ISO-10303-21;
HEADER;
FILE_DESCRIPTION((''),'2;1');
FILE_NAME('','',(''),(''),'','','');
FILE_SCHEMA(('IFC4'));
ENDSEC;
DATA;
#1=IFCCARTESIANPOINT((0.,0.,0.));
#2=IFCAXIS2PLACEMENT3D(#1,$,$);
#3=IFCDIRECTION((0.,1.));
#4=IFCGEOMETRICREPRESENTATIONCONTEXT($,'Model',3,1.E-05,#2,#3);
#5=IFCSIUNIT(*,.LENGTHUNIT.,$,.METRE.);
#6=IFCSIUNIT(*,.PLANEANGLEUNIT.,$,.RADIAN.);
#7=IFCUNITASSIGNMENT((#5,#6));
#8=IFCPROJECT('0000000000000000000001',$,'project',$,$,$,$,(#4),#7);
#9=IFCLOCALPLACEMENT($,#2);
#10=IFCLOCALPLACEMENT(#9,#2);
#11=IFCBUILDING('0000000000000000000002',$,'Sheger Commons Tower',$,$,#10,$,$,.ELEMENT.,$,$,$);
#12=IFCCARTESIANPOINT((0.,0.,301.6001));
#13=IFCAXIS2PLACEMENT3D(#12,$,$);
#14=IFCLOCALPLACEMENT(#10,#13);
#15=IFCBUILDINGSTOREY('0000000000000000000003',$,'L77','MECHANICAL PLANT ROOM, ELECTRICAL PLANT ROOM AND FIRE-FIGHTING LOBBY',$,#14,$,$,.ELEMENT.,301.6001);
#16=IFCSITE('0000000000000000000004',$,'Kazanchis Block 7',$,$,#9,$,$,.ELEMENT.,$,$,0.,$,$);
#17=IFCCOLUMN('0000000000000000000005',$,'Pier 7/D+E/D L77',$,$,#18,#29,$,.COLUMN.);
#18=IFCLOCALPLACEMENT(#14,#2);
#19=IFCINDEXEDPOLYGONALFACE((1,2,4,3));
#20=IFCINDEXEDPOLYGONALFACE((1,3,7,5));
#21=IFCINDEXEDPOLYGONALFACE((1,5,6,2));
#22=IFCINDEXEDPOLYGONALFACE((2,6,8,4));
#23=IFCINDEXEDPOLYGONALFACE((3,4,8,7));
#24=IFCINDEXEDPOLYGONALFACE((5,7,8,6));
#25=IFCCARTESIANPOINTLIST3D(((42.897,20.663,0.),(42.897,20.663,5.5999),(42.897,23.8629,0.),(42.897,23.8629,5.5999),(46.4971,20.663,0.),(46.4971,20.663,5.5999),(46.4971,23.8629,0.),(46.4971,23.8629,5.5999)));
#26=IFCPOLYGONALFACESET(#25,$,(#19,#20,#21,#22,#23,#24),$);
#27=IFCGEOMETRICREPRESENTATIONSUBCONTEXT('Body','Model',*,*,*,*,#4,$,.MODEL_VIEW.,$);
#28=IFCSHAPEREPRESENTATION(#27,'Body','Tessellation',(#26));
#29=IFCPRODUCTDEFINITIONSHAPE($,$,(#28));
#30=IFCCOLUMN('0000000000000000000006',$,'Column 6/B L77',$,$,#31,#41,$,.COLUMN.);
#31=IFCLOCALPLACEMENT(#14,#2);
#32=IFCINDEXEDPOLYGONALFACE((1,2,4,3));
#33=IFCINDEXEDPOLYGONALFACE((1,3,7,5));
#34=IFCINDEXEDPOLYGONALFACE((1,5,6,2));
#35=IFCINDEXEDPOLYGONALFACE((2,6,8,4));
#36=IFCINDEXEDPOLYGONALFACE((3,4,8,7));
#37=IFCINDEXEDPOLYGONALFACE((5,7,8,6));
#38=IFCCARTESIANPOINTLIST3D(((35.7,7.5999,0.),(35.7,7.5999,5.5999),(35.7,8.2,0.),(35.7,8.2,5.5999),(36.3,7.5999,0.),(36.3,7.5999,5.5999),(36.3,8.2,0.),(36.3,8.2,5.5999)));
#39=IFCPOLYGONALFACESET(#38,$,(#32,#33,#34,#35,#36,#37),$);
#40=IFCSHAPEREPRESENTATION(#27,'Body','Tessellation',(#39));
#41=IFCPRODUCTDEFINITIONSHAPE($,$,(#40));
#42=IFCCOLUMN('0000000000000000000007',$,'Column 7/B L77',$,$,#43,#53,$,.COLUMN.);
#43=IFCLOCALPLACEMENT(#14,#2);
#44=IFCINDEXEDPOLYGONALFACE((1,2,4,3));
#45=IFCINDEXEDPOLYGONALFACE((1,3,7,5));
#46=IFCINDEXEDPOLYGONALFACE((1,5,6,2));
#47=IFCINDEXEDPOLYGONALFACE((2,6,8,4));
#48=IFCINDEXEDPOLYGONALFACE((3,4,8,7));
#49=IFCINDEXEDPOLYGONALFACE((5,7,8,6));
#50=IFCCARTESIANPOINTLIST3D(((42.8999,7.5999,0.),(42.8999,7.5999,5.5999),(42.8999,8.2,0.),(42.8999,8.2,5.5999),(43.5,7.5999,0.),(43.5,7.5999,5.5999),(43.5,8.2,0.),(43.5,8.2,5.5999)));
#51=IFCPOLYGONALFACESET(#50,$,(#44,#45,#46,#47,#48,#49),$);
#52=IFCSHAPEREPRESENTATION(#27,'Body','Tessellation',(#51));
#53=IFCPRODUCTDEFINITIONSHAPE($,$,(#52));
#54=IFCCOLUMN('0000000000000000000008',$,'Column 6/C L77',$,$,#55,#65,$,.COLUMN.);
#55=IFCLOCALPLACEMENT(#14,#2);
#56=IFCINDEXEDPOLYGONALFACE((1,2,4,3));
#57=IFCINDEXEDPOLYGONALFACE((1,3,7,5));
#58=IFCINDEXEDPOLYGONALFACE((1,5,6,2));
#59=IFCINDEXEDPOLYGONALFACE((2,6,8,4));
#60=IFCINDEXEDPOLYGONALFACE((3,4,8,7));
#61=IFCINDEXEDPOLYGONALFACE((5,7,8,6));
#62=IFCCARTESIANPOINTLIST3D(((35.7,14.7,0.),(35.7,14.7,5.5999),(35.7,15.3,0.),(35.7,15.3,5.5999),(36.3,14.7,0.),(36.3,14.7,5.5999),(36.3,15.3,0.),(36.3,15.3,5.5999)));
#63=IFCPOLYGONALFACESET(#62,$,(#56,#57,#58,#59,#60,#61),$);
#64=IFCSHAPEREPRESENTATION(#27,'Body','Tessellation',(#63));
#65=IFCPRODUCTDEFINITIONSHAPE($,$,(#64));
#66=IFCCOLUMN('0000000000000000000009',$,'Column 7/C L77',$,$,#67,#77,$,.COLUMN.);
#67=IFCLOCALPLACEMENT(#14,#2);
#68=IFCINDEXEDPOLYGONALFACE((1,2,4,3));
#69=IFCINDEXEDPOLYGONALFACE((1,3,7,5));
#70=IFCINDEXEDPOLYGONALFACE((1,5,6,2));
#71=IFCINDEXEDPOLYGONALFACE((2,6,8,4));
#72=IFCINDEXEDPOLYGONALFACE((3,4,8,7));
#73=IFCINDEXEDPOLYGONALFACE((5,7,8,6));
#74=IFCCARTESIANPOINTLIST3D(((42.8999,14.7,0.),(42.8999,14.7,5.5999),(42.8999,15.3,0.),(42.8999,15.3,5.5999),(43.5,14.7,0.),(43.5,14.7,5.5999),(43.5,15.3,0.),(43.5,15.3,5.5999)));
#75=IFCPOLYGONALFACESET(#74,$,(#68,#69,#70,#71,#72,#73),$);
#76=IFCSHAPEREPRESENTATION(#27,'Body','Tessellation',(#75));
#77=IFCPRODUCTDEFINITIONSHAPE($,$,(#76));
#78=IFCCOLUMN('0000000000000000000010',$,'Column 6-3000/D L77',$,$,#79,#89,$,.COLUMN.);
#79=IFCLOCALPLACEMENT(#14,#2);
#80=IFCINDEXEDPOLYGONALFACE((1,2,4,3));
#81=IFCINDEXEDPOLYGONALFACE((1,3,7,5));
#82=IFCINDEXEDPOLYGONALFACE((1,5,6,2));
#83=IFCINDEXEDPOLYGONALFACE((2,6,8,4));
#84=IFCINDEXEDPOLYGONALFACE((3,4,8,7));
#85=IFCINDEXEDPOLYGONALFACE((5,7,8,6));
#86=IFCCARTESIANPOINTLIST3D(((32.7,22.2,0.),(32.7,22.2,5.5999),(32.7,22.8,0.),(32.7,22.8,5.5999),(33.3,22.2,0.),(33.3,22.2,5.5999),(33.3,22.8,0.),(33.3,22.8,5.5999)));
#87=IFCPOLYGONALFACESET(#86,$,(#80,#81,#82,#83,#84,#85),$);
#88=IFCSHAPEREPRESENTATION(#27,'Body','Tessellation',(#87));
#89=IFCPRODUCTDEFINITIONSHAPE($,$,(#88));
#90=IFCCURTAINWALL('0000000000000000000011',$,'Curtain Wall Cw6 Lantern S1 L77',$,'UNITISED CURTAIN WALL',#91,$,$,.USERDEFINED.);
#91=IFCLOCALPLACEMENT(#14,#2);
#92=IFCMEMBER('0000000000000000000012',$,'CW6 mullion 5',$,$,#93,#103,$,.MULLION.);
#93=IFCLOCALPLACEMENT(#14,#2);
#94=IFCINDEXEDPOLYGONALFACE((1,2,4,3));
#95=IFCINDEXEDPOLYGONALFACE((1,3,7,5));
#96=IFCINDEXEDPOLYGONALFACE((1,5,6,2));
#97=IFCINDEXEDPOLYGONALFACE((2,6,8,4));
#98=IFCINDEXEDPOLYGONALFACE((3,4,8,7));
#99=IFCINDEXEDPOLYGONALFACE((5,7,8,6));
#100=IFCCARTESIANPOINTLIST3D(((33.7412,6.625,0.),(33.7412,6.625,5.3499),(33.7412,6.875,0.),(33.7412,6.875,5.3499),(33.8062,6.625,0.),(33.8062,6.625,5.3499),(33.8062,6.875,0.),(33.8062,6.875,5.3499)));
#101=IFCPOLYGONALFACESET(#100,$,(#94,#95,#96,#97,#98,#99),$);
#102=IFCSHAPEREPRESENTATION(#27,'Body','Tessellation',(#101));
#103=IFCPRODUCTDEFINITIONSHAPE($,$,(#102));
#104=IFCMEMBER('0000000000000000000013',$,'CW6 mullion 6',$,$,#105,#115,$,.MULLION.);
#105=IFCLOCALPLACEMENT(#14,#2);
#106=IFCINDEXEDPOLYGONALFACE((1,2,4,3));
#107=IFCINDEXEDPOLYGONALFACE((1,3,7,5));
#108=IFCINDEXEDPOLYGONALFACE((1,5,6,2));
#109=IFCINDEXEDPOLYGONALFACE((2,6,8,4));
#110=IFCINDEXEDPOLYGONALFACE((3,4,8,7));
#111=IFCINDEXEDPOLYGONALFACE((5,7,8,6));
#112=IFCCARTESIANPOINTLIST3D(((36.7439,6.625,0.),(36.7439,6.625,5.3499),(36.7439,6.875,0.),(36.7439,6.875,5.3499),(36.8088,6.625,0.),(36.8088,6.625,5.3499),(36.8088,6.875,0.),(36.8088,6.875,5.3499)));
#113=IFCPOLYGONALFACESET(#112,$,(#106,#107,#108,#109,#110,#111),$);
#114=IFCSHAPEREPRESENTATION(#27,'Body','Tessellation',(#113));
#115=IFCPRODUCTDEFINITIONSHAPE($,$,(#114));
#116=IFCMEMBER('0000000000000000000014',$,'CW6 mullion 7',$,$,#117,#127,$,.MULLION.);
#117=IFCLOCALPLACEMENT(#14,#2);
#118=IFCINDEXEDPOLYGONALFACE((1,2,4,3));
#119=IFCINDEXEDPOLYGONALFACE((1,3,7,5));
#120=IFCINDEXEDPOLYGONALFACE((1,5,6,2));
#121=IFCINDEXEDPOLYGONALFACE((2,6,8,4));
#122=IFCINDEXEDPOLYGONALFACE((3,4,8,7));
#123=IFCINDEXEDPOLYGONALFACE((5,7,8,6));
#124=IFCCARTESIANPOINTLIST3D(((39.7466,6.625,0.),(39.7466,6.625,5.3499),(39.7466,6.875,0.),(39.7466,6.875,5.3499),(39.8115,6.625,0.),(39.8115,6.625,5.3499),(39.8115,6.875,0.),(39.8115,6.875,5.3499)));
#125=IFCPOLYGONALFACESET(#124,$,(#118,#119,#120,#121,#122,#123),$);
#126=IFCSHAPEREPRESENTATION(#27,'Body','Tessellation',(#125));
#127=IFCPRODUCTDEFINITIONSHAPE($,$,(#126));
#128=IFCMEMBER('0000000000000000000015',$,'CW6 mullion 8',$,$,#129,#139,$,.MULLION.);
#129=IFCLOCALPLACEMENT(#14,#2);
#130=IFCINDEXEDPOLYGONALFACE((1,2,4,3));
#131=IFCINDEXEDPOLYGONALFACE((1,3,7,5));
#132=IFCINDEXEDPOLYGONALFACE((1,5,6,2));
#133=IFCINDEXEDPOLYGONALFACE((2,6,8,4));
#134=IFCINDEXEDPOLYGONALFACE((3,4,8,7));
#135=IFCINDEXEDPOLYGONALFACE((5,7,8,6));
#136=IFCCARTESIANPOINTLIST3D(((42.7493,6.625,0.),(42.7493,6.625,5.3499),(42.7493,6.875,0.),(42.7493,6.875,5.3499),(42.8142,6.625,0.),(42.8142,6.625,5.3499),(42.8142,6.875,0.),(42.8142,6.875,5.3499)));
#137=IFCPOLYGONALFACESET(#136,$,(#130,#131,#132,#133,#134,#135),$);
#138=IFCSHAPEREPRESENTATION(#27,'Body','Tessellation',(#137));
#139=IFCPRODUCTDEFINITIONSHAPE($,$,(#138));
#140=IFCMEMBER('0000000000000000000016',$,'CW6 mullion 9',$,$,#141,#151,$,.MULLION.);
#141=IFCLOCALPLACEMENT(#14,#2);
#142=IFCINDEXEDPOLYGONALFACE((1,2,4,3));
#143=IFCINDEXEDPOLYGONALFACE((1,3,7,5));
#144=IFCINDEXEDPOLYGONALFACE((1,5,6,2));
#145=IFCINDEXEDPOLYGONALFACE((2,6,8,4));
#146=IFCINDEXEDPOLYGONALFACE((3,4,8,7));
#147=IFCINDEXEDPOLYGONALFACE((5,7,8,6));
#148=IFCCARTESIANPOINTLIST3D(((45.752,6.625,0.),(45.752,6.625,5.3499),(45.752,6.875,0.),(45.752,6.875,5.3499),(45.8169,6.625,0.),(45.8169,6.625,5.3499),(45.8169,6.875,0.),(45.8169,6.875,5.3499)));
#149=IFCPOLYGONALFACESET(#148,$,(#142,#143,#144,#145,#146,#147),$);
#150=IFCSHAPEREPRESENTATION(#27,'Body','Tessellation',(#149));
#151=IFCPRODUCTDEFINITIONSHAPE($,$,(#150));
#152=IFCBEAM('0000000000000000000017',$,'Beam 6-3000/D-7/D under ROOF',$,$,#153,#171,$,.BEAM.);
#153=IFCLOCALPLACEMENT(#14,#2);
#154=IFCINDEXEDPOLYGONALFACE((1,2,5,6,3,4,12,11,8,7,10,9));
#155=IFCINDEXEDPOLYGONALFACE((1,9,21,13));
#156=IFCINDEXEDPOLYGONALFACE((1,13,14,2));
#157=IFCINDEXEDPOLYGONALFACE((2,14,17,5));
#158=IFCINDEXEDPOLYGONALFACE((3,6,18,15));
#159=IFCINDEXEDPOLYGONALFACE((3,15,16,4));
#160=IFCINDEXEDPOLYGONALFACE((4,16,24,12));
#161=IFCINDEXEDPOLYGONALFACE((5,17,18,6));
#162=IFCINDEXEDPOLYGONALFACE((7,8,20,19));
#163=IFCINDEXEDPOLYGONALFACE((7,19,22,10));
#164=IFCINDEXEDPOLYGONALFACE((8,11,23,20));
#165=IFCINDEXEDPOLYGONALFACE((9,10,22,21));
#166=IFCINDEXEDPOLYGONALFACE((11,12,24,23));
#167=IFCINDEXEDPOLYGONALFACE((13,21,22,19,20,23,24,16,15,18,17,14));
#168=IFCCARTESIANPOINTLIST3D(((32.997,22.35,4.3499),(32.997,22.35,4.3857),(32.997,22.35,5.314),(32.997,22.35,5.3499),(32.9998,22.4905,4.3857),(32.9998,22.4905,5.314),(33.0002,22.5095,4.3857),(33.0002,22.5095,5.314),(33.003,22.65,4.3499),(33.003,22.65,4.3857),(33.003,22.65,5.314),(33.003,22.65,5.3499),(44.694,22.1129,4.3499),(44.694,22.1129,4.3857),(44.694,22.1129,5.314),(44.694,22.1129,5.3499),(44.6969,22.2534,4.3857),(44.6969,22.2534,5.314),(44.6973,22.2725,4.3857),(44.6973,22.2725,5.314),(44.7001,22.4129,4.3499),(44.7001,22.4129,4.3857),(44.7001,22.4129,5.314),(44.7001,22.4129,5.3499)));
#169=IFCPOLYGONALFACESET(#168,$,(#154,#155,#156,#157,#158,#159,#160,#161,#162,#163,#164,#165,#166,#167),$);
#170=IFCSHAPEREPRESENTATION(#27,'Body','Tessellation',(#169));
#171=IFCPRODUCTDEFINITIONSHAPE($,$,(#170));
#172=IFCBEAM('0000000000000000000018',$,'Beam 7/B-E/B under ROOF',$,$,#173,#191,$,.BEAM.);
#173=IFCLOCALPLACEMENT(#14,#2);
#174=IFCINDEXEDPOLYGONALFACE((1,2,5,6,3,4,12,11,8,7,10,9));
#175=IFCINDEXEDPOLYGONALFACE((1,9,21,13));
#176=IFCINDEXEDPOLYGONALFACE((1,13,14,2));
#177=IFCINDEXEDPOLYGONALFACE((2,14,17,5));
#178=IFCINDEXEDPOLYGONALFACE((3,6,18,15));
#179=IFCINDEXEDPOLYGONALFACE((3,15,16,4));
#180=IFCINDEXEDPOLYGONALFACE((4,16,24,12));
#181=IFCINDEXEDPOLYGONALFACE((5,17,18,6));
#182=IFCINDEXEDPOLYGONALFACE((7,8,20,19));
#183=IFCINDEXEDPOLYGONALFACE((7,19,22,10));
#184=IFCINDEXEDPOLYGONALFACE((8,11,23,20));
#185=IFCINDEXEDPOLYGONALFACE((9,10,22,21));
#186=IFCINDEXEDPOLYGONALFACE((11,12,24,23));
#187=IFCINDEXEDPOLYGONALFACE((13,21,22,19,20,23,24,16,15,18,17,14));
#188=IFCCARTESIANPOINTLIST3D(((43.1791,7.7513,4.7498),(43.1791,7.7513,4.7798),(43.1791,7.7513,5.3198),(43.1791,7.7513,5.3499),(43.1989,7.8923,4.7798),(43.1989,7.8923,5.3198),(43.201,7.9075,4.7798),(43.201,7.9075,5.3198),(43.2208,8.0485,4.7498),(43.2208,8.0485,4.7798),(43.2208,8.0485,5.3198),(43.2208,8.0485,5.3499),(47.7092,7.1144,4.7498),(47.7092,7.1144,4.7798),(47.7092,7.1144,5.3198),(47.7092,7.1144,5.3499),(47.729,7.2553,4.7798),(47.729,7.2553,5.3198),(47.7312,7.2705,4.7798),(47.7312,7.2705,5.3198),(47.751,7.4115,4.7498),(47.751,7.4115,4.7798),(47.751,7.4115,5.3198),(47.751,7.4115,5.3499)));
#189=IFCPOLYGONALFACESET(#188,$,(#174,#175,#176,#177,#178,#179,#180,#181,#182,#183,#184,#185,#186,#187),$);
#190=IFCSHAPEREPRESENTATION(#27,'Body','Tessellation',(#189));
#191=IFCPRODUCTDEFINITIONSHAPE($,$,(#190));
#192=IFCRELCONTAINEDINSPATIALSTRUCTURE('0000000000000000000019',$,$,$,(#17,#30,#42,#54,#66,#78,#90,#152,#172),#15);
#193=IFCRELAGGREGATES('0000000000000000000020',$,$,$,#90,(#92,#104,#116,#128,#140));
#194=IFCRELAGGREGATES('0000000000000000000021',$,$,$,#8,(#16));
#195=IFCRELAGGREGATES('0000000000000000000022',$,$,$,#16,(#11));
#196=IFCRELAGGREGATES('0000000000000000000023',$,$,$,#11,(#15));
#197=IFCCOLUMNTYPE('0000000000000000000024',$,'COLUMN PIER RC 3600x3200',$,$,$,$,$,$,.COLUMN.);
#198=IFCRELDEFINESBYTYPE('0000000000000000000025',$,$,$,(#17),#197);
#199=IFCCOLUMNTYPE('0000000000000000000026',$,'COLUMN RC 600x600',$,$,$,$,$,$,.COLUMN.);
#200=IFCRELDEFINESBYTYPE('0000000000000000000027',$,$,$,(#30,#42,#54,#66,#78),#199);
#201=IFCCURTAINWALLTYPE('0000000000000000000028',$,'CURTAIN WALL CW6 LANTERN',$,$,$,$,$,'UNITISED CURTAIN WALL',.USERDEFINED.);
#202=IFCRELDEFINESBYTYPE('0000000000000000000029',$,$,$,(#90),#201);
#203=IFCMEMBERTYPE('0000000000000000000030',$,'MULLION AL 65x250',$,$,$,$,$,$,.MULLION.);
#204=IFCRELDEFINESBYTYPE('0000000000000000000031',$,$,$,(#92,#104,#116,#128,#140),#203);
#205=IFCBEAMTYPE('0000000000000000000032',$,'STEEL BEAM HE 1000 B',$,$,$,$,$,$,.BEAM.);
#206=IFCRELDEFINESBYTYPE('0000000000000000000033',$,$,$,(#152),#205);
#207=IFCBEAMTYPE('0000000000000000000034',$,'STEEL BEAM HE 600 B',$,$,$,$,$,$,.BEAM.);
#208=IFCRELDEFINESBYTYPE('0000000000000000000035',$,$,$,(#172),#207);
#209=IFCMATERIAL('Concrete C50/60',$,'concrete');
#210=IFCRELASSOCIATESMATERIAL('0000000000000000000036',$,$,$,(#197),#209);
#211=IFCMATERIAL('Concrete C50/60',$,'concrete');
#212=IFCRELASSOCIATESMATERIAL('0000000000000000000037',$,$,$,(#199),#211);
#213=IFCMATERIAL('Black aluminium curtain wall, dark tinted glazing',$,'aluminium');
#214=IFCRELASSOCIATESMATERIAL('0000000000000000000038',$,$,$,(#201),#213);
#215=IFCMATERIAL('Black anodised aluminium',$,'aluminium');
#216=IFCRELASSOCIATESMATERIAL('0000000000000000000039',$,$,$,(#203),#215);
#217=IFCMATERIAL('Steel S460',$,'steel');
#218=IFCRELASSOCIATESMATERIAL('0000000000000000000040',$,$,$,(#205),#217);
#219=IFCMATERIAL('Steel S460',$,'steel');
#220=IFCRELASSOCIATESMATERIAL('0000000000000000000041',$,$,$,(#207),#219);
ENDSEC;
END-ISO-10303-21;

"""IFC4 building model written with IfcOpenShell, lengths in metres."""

from ifc_helpers import new_model, si_unit, direction, frame, origin, origin_2d, place, context, subcontext, project, spatial, rectangle, i_section, extrude, material, material_profile, profile_set, type_object, element, aggregate, save


model = new_model("IFC4")

# Units and contexts
model_context = context("Model", 3, precision=1e-05, world=origin(), true_north=direction((0.0, 1.0)))
body_context = subcontext(model_context, "Body", "Model", "MODEL_VIEW")
ifc_project = project(units=[si_unit("LENGTHUNIT", "METRE"), si_unit("PLANEANGLEUNIT", "RADIAN")], contexts=[model_context])

# Site, building, storey
site_placement = place(None, origin())
site = spatial("IfcSite", under=ifc_project, at=site_placement, Name="Kazanchis Block 7", CompositionType="ELEMENT", RefElevation=0.0)
building_placement = place(site_placement, origin())
building = spatial("IfcBuilding", under=site, at=building_placement, Name="Sheger Commons Tower", CompositionType="ELEMENT")
storey_placement = place(building_placement, frame((0.0, 0.0, 301.6001)))
storey = spatial("IfcBuildingStorey", under=building, at=storey_placement, Name="L77", Description="MECHANICAL PLANT ROOM, ELECTRICAL PLANT ROOM AND FIRE-FIGHTING LOBBY", CompositionType="ELEMENT", Elevation=301.6001)

# Columns
ifc_material_1 = material(Name="Concrete C50/60", Category="concrete")
ifc_material_profile_1 = material_profile(ifc_material_1, rectangle(XDim=3.6001, YDim=3.2, at=origin_2d()), Name="RC 3600x3200")
ifc_profile_set_1 = profile_set([ifc_material_profile_1], Name="Concrete C50/60")
column_type_1 = type_object("IfcColumnType", Name="COLUMN PIER RC 3600x3200", PredefinedType="COLUMN", material=ifc_profile_set_1)
column_placement = place(storey_placement, frame((44.697, 22.2629, 0.0), z_axis=(0.0, 0.0, 1.0), x_axis=(1.0, 0.0, 0.0)))
element("IfcColumn", 1, at=column_placement, inside=storey, type_object=column_type_1, Name="Pier 7/D+E/D L77", PredefinedType="COLUMN", context=body_context, shape_type="SweptSolid", body=[
    extrude(rectangle(XDim=3.6001, YDim=3.2, at=origin_2d()), origin(), (0.0, 0.0, 1.0), 5.5999),
])
ifc_material_2 = material(Name="Concrete C50/60", Category="concrete")
ifc_material_profile_2 = material_profile(ifc_material_2, rectangle(XDim=0.6001, YDim=0.6001, at=origin_2d()), Name="RC 600x600")
ifc_profile_set_2 = profile_set([ifc_material_profile_2], Name="Concrete C50/60")
column_type_2 = type_object("IfcColumnType", Name="COLUMN RC 600x600", PredefinedType="COLUMN", material=ifc_profile_set_2)
for number, where, z_axis, x_axis, name in (
    (2, (36.0, 7.8999, 0.0), (0.0, 0.0, 1.0), (1.0, 0.0, 0.0), "Column 6/B L77"),
    (3, (43.2, 7.8999, 0.0), (0.0, 0.0, 1.0), (1.0, 0.0, 0.0), "Column 7/B L77"),
    (4, (36.0, 15.0, 0.0), (0.0, 0.0, 1.0), (1.0, 0.0, 0.0), "Column 6/C L77"),
    (5, (43.2, 15.0, 0.0), (0.0, 0.0, 1.0), (1.0, 0.0, 0.0), "Column 7/C L77"),
    (6, (33.0, 22.5, 0.0), (0.0, 0.0, 1.0), (1.0, 0.0, 0.0), "Column 6-3000/D L77"),
):
    element("IfcColumn", number, at=place(storey_placement, frame(where, z_axis=z_axis, x_axis=x_axis)), inside=storey, type_object=column_type_2, Name=name, PredefinedType="COLUMN", context=body_context, shape_type="SweptSolid", body=[
        extrude(rectangle(XDim=0.6001, YDim=0.6001, at=origin_2d()), origin(), (0.0, 0.0, 1.0), 5.5999),
    ])

# Curtain wall, members
ifc_material_3 = material(Name="Black aluminium curtain wall, dark tinted glazing", Category="aluminium")
curtain_wall_type = type_object("IfcCurtainWallType", Name="CURTAIN WALL CW6 LANTERN", ElementType="UNITISED CURTAIN WALL", PredefinedType="USERDEFINED", material=ifc_material_3)
curtain_wall_placement = place(storey_placement, origin())
curtain_wall = element("IfcCurtainWall", 7, at=curtain_wall_placement, inside=storey, type_object=curtain_wall_type, Name="Curtain Wall Cw6 Lantern S1 L77", ObjectType="UNITISED CURTAIN WALL", PredefinedType="USERDEFINED")
ifc_material_4 = material(Name="Black anodised aluminium", Category="aluminium")
ifc_material_profile_3 = material_profile(ifc_material_4, rectangle(XDim=0.25, YDim=0.0649, at=origin_2d()), Name="AL 65x250")
ifc_profile_set_3 = profile_set([ifc_material_profile_3], Name="Black anodised aluminium")
member_type_1 = type_object("IfcMemberType", Name="MULLION AL 65x250", PredefinedType="MULLION", material=ifc_profile_set_3)
member_1_placement = place(storey_placement, frame((33.7737, 6.75, 0.0), z_axis=(0.0, 0.0, 1.0), x_axis=(0.0, 1.0, 0.0)))
member_1 = element("IfcMember", 8, at=member_1_placement, type_object=member_type_1, Name="CW6 mullion 5", PredefinedType="MULLION", context=body_context, shape_type="SweptSolid", body=[
    extrude(rectangle(XDim=0.25, YDim=0.0649, at=origin_2d()), origin(), (0.0, 0.0, 1.0), 5.3499),
])
member_2_placement = place(storey_placement, frame((36.7764, 6.75, 0.0), z_axis=(0.0, 0.0, 1.0), x_axis=(0.0, 1.0, 0.0)))
member_2 = element("IfcMember", 9, at=member_2_placement, type_object=member_type_1, Name="CW6 mullion 6", PredefinedType="MULLION", context=body_context, shape_type="SweptSolid", body=[
    extrude(rectangle(XDim=0.25, YDim=0.0649, at=origin_2d()), origin(), (0.0, 0.0, 1.0), 5.3499),
])
member_3_placement = place(storey_placement, frame((39.7791, 6.75, 0.0), z_axis=(0.0, 0.0, 1.0), x_axis=(0.0, 1.0, 0.0)))
member_3 = element("IfcMember", 10, at=member_3_placement, type_object=member_type_1, Name="CW6 mullion 7", PredefinedType="MULLION", context=body_context, shape_type="SweptSolid", body=[
    extrude(rectangle(XDim=0.25, YDim=0.0649, at=origin_2d()), origin(), (0.0, 0.0, 1.0), 5.3499),
])
member_4_placement = place(storey_placement, frame((42.7817, 6.75, 0.0), z_axis=(0.0, 0.0, 1.0), x_axis=(0.0, 1.0, 0.0)))
member_4 = element("IfcMember", 11, at=member_4_placement, type_object=member_type_1, Name="CW6 mullion 8", PredefinedType="MULLION", context=body_context, shape_type="SweptSolid", body=[
    extrude(rectangle(XDim=0.25, YDim=0.0649, at=origin_2d()), origin(), (0.0, 0.0, 1.0), 5.3499),
])
member_5_placement = place(storey_placement, frame((45.7844, 6.75, 0.0), z_axis=(0.0, 0.0, 1.0), x_axis=(0.0, 1.0, 0.0)))
member_5 = element("IfcMember", 12, at=member_5_placement, type_object=member_type_1, Name="CW6 mullion 9", PredefinedType="MULLION", context=body_context, shape_type="SweptSolid", body=[
    extrude(rectangle(XDim=0.25, YDim=0.0649, at=origin_2d()), origin(), (0.0, 0.0, 1.0), 5.3499),
])

# Beams
ifc_material_5 = material(Name="Steel S460", Category="steel")
ifc_material_profile_4 = material_profile(ifc_material_5, i_section(OverallWidth=0.3, OverallDepth=1.0, WebThickness=0.019, FlangeThickness=0.0359, at=origin_2d()), Name="HE 1000 B")
ifc_profile_set_4 = profile_set([ifc_material_profile_4], Name="Steel S460")
beam_type_1 = type_object("IfcBeamType", Name="STEEL BEAM HE 1000 B", PredefinedType="BEAM", material=ifc_profile_set_4)
beam_1_placement = place(storey_placement, frame((33.0, 22.5, 4.8499), z_axis=(0.999795, -0.020263, 0.0), x_axis=(0.020263, 0.999795, 0.0)))
element("IfcBeam", 13, at=beam_1_placement, inside=storey, type_object=beam_type_1, Name="Beam 6-3000/D-7/D under ROOF", PredefinedType="BEAM", context=body_context, shape_type="SweptSolid", body=[
    extrude(i_section(OverallWidth=0.3, OverallDepth=1.0, WebThickness=0.019, FlangeThickness=0.0359, at=origin_2d()), origin(), (0.0, 0.0, 1.0), 11.6995),
])
ifc_material_6 = material(Name="Steel S460", Category="steel")
ifc_material_profile_5 = material_profile(ifc_material_6, i_section(OverallWidth=0.3, OverallDepth=0.6001, WebThickness=0.0154, FlangeThickness=0.03, at=origin_2d()), Name="HE 600 B")
ifc_profile_set_5 = profile_set([ifc_material_profile_5], Name="Steel S460")
beam_type_2 = type_object("IfcBeamType", Name="STEEL BEAM HE 600 B", PredefinedType="BEAM", material=ifc_profile_set_5)
beam_2_placement = place(storey_placement, frame((43.2, 7.8999, 5.0498), z_axis=(0.990259, -0.139239, 0.0), x_axis=(0.139239, 0.990259, 0.0)))
element("IfcBeam", 14, at=beam_2_placement, inside=storey, type_object=beam_type_2, Name="Beam 7/B-E/B under ROOF", PredefinedType="BEAM", context=body_context, shape_type="SweptSolid", body=[
    extrude(i_section(OverallWidth=0.3, OverallDepth=0.6001, WebThickness=0.0154, FlangeThickness=0.03, at=origin_2d()), origin(), (0.0, 0.0, 1.0), 4.5747),
])

aggregate(curtain_wall, [member_1, member_2, member_3, member_4, member_5])

save(model, "model.ifc")
